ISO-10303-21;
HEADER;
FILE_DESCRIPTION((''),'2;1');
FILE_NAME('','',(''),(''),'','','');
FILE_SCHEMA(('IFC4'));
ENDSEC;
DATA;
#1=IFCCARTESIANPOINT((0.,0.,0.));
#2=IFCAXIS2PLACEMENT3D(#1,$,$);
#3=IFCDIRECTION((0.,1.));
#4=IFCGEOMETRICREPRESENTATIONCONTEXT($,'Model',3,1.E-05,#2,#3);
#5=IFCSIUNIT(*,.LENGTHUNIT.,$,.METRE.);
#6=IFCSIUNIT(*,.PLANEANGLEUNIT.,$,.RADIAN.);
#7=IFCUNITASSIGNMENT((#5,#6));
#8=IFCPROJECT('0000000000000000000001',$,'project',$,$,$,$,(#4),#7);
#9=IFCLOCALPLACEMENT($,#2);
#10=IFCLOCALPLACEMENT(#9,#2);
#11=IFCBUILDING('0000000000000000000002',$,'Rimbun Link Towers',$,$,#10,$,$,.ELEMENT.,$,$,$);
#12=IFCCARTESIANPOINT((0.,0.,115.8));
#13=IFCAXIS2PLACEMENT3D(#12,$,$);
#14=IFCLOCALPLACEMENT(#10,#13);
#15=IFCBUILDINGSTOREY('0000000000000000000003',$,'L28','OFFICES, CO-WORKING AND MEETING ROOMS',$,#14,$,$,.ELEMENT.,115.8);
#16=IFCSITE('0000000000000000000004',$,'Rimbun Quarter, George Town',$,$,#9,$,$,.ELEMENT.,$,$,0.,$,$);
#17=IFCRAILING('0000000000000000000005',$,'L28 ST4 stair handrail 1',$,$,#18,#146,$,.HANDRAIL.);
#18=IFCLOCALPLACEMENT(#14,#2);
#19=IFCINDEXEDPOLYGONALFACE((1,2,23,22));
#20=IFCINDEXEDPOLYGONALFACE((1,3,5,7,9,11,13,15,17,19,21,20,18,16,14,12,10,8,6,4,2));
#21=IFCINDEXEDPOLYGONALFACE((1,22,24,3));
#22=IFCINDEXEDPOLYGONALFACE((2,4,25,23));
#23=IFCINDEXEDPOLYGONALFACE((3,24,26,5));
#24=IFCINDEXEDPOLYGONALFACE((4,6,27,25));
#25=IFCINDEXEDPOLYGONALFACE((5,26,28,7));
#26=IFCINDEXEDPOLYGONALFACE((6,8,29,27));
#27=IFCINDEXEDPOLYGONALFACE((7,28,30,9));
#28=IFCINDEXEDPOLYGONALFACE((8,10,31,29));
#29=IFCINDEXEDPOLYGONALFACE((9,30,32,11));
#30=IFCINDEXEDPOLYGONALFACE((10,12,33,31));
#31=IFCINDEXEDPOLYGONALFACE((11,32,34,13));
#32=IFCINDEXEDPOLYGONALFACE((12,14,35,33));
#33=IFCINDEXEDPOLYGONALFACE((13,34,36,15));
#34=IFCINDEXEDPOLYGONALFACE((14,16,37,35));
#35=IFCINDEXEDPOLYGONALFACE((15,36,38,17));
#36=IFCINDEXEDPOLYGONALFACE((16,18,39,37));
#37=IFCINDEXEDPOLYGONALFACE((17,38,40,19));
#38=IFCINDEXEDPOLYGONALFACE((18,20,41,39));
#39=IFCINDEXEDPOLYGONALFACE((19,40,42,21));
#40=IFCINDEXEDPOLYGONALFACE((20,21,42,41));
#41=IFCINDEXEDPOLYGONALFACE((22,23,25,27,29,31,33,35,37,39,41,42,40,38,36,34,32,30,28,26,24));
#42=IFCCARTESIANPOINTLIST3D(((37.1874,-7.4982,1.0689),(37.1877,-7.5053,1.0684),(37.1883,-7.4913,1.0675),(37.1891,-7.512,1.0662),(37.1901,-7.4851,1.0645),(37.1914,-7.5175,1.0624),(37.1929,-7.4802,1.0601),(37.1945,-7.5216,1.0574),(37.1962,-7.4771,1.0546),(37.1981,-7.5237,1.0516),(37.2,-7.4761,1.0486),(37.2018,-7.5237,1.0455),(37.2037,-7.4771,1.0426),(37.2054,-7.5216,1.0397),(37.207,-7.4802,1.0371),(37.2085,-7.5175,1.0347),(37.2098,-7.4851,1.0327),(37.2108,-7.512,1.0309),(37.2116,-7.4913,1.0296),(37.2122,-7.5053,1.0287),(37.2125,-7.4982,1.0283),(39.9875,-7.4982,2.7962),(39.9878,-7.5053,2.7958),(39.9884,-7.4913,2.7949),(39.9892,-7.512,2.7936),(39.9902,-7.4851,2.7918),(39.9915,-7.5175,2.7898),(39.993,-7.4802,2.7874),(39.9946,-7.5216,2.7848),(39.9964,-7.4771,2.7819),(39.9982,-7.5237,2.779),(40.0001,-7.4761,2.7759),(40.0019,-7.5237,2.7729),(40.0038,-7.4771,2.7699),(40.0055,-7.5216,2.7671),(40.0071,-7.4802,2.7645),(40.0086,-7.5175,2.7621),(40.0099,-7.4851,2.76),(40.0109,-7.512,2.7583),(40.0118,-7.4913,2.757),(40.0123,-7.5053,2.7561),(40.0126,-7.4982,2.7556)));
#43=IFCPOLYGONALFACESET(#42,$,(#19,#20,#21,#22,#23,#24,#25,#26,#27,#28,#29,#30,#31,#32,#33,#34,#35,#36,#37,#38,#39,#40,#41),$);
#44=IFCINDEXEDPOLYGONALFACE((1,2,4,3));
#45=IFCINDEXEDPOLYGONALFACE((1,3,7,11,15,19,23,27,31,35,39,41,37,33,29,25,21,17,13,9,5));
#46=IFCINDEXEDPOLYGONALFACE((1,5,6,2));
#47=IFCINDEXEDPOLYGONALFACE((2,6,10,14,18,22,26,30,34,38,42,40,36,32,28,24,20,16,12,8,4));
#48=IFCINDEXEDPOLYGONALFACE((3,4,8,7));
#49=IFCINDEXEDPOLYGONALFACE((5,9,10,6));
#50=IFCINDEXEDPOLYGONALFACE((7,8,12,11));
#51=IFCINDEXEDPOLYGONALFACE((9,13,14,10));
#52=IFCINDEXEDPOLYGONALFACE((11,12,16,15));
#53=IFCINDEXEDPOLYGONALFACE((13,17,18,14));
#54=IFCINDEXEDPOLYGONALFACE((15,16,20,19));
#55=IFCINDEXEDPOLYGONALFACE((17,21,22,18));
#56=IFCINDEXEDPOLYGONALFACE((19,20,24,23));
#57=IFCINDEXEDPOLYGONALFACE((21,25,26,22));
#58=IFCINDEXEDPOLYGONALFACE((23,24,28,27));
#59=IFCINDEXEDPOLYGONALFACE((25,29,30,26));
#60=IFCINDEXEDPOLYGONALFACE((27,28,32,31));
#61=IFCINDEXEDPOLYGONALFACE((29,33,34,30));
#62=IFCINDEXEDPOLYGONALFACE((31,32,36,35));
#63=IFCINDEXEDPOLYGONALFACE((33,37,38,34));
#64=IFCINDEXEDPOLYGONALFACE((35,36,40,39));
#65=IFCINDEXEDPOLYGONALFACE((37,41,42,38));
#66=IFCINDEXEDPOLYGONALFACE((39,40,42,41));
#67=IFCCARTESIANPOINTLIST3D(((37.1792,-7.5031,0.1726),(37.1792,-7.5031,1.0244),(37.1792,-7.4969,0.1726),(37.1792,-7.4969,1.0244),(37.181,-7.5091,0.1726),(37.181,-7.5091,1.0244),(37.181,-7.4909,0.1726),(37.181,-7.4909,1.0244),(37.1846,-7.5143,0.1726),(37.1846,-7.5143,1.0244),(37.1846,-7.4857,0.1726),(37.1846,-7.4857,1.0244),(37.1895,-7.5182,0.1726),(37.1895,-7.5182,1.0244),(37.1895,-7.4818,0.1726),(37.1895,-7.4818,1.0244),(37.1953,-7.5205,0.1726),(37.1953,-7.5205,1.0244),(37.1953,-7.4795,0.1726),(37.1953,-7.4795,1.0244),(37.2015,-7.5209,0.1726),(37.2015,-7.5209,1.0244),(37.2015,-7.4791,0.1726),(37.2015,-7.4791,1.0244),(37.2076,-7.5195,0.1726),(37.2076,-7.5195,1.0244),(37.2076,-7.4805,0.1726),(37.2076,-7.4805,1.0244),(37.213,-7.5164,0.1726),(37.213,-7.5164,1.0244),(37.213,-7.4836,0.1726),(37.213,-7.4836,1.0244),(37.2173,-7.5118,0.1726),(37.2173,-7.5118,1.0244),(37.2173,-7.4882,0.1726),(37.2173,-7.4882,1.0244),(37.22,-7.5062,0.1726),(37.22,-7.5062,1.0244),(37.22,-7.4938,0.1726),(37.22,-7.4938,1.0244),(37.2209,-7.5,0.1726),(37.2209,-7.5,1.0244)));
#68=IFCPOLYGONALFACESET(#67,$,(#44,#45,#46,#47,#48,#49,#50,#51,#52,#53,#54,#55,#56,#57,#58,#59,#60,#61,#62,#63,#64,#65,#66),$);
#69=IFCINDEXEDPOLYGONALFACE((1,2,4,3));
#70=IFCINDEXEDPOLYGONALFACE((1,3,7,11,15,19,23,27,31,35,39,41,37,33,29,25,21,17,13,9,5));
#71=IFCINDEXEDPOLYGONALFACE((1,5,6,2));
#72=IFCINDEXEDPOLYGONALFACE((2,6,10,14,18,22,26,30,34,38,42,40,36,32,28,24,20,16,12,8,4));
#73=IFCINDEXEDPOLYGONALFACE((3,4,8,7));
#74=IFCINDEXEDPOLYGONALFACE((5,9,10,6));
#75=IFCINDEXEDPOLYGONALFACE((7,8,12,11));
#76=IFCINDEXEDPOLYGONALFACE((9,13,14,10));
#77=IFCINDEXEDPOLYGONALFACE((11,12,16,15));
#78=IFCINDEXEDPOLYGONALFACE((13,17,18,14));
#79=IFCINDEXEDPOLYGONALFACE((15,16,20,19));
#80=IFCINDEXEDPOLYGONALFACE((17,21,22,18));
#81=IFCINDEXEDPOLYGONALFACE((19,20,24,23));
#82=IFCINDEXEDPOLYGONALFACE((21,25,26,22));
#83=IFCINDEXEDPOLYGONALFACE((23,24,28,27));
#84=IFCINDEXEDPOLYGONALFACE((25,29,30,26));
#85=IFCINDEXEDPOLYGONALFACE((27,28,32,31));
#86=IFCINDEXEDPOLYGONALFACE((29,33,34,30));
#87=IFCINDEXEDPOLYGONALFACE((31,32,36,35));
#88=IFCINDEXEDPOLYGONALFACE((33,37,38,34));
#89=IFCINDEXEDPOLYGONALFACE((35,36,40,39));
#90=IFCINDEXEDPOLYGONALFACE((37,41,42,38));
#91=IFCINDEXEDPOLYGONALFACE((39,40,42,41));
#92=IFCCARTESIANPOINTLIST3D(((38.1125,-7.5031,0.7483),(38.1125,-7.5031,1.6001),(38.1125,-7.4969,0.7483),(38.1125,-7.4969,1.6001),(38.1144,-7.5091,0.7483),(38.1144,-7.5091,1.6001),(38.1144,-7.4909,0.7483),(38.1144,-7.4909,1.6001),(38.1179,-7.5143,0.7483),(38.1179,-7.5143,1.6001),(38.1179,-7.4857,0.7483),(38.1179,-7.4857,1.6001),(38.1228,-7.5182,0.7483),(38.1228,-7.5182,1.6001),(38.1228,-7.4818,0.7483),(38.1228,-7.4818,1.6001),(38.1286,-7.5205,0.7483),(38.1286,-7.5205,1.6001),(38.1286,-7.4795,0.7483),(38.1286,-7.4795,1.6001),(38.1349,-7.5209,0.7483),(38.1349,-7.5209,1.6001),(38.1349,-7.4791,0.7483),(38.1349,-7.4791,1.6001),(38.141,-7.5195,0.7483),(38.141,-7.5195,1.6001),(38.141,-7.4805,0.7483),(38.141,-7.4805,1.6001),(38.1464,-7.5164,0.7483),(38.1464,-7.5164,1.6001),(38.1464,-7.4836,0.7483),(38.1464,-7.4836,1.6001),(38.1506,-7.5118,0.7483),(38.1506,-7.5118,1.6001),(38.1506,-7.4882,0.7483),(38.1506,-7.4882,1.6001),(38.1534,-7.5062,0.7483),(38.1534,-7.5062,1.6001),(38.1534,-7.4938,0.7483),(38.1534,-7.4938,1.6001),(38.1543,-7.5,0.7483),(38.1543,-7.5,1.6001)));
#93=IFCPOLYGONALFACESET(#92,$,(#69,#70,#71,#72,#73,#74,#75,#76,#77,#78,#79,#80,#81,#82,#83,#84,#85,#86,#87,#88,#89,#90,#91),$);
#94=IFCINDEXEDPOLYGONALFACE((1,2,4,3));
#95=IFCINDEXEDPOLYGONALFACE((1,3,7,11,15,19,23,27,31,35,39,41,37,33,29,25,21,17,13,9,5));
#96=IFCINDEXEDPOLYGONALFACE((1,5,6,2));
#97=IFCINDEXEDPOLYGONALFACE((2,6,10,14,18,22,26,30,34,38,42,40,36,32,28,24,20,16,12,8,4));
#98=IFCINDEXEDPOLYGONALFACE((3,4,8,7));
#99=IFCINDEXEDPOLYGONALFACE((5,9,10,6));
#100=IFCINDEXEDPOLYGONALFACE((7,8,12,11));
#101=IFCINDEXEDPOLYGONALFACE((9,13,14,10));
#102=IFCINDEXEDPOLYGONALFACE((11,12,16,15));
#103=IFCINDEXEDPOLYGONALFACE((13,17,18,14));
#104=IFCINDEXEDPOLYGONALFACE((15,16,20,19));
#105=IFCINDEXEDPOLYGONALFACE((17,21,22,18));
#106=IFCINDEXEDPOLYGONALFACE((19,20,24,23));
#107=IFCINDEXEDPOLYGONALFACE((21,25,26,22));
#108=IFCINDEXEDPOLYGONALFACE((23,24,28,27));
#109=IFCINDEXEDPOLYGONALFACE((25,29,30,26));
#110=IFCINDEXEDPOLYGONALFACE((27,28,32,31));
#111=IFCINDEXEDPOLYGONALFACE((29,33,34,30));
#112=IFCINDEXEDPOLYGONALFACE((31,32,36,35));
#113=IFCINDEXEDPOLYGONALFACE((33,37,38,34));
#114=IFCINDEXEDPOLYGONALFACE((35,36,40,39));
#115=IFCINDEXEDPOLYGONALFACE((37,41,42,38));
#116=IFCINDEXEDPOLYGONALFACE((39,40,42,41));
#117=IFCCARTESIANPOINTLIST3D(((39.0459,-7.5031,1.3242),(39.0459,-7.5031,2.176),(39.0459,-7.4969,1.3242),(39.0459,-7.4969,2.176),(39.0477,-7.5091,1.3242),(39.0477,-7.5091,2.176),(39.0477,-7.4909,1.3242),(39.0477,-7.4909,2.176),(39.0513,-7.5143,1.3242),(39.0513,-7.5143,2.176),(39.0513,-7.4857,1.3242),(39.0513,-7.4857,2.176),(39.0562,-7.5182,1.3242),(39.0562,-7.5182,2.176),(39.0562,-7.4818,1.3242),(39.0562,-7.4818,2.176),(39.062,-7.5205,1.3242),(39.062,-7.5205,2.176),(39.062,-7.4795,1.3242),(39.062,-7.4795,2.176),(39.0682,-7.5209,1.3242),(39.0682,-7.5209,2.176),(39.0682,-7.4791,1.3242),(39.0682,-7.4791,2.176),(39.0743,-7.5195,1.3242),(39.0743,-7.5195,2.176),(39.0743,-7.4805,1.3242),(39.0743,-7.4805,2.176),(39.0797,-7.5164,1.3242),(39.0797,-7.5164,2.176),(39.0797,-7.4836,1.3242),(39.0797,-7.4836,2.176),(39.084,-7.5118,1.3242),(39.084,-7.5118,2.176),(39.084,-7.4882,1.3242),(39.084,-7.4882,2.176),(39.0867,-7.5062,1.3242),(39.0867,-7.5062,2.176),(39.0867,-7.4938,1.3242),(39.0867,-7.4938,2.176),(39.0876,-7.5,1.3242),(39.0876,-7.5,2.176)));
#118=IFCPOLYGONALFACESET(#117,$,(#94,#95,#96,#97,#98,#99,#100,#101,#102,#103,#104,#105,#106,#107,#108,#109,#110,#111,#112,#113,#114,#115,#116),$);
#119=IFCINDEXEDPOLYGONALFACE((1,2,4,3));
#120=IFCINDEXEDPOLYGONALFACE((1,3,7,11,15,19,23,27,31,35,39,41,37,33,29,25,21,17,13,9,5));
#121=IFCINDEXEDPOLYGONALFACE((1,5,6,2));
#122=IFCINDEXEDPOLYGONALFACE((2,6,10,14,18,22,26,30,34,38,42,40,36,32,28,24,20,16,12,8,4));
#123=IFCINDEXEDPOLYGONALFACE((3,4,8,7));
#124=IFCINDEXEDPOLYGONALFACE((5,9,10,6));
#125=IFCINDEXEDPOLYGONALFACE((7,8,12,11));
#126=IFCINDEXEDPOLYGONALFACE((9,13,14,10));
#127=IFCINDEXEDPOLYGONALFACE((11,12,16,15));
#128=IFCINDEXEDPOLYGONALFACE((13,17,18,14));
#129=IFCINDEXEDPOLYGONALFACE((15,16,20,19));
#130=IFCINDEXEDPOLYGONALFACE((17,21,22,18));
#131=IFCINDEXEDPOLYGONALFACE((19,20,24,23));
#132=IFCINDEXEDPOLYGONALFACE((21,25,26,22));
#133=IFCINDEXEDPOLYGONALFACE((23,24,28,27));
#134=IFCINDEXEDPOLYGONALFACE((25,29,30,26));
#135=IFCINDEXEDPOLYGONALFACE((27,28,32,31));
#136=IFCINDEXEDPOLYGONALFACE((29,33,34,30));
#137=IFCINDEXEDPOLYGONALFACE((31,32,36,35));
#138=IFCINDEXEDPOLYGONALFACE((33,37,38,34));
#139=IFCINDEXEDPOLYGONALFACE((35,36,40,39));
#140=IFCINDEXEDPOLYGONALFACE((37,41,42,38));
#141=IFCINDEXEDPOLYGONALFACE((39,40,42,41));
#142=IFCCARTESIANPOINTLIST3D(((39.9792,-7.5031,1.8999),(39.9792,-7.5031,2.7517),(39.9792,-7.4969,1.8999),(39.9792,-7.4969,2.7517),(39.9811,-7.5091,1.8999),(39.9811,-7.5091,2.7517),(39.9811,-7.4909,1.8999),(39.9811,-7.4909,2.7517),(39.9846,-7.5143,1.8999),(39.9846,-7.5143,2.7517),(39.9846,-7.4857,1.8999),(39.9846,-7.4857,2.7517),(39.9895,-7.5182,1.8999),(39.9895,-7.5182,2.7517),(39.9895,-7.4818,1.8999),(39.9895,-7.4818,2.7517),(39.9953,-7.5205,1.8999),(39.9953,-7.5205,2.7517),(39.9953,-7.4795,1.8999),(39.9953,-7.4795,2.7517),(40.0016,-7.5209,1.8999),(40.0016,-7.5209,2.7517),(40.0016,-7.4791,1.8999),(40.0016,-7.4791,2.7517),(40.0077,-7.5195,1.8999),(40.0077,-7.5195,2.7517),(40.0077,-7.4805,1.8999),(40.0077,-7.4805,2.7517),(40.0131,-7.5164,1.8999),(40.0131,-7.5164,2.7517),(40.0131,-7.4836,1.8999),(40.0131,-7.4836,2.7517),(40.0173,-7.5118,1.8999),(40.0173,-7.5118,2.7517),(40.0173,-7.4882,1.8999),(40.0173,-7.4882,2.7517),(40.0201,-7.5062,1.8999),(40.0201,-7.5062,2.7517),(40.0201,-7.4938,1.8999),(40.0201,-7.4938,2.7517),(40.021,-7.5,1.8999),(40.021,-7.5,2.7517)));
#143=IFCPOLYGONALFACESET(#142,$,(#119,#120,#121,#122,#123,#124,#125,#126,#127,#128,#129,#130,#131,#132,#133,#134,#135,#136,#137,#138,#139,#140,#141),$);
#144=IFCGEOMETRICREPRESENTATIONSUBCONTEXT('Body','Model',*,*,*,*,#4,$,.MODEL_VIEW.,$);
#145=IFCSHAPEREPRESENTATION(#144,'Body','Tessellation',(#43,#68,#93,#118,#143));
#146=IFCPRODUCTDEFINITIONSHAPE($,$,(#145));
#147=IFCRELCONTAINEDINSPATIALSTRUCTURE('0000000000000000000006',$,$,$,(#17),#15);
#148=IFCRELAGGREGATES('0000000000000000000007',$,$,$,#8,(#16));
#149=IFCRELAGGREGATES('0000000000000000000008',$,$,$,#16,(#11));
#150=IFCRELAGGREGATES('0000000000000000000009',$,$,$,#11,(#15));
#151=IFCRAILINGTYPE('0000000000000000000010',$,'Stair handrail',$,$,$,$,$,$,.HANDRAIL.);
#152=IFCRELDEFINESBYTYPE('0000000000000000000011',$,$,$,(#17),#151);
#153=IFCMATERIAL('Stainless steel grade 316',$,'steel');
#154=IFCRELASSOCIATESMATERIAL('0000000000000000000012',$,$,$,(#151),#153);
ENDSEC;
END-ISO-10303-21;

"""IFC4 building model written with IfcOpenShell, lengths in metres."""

from ifc_helpers import new_model, si_unit, direction, frame, origin, origin_2d, place, context, subcontext, project, spatial, circle, extrude, material, type_object, element, save


model = new_model("IFC4")

# Units and contexts
model_context = context("Model", 3, precision=1e-05, world=origin(), true_north=direction((0.0, 1.0)))
body_context = subcontext(model_context, "Body", "Model", "MODEL_VIEW")
ifc_project = project(units=[si_unit("LENGTHUNIT", "METRE"), si_unit("PLANEANGLEUNIT", "RADIAN")], contexts=[model_context])

# Site, building, storey
site_placement = place(None, origin())
site = spatial("IfcSite", under=ifc_project, at=site_placement, Name="Rimbun Quarter, George Town", CompositionType="ELEMENT", RefElevation=0.0)
building_placement = place(site_placement, origin())
building = spatial("IfcBuilding", under=site, at=building_placement, Name="Rimbun Link Towers", CompositionType="ELEMENT")
storey_placement = place(building_placement, frame((0.0, 0.0, 115.8)))
storey = spatial("IfcBuildingStorey", under=building, at=storey_placement, Name="L28", Description="OFFICES, CO-WORKING AND MEETING ROOMS", CompositionType="ELEMENT", Elevation=115.8)

# Railing
ifc_material_1 = material(Name="Stainless steel grade 316", Category="steel")
railing_type_1 = type_object("IfcRailingType", Name="Stair handrail", PredefinedType="HANDRAIL", material=ifc_material_1)
railing_1_placement = place(storey_placement, frame((37.2, -7.5, 0.1726)))
element("IfcRailing", 1, at=railing_1_placement, inside=storey, type_object=railing_type_1, Name="L28 ST4 stair handrail 1", PredefinedType="HANDRAIL", context=body_context, shape_type="SweptSolid", body=[
    extrude(circle(Radius=0.0239, at=origin_2d()), frame((0.0, 0.0, 0.876), z_axis=(0.85109, 0.0, 0.52502), x_axis=(0.0, 1.0, 0.0)), (0.0, 0.0, 1.0), 3.29),
    extrude(circle(Radius=0.021, at=origin_2d()), origin(), (0.0, 0.0, 1.0), 0.8518),
    extrude(circle(Radius=0.021, at=origin_2d()), frame((0.9333, 0.0, 0.5757)), (0.0, 0.0, 1.0), 0.8518),
    extrude(circle(Radius=0.021, at=origin_2d()), frame((1.8667, 0.0, 1.1516)), (0.0, 0.0, 1.0), 0.8518),
    extrude(circle(Radius=0.021, at=origin_2d()), frame((2.8, 0.0, 1.7273)), (0.0, 0.0, 1.0), 0.8518),
])

save(model, "model.ifc")
